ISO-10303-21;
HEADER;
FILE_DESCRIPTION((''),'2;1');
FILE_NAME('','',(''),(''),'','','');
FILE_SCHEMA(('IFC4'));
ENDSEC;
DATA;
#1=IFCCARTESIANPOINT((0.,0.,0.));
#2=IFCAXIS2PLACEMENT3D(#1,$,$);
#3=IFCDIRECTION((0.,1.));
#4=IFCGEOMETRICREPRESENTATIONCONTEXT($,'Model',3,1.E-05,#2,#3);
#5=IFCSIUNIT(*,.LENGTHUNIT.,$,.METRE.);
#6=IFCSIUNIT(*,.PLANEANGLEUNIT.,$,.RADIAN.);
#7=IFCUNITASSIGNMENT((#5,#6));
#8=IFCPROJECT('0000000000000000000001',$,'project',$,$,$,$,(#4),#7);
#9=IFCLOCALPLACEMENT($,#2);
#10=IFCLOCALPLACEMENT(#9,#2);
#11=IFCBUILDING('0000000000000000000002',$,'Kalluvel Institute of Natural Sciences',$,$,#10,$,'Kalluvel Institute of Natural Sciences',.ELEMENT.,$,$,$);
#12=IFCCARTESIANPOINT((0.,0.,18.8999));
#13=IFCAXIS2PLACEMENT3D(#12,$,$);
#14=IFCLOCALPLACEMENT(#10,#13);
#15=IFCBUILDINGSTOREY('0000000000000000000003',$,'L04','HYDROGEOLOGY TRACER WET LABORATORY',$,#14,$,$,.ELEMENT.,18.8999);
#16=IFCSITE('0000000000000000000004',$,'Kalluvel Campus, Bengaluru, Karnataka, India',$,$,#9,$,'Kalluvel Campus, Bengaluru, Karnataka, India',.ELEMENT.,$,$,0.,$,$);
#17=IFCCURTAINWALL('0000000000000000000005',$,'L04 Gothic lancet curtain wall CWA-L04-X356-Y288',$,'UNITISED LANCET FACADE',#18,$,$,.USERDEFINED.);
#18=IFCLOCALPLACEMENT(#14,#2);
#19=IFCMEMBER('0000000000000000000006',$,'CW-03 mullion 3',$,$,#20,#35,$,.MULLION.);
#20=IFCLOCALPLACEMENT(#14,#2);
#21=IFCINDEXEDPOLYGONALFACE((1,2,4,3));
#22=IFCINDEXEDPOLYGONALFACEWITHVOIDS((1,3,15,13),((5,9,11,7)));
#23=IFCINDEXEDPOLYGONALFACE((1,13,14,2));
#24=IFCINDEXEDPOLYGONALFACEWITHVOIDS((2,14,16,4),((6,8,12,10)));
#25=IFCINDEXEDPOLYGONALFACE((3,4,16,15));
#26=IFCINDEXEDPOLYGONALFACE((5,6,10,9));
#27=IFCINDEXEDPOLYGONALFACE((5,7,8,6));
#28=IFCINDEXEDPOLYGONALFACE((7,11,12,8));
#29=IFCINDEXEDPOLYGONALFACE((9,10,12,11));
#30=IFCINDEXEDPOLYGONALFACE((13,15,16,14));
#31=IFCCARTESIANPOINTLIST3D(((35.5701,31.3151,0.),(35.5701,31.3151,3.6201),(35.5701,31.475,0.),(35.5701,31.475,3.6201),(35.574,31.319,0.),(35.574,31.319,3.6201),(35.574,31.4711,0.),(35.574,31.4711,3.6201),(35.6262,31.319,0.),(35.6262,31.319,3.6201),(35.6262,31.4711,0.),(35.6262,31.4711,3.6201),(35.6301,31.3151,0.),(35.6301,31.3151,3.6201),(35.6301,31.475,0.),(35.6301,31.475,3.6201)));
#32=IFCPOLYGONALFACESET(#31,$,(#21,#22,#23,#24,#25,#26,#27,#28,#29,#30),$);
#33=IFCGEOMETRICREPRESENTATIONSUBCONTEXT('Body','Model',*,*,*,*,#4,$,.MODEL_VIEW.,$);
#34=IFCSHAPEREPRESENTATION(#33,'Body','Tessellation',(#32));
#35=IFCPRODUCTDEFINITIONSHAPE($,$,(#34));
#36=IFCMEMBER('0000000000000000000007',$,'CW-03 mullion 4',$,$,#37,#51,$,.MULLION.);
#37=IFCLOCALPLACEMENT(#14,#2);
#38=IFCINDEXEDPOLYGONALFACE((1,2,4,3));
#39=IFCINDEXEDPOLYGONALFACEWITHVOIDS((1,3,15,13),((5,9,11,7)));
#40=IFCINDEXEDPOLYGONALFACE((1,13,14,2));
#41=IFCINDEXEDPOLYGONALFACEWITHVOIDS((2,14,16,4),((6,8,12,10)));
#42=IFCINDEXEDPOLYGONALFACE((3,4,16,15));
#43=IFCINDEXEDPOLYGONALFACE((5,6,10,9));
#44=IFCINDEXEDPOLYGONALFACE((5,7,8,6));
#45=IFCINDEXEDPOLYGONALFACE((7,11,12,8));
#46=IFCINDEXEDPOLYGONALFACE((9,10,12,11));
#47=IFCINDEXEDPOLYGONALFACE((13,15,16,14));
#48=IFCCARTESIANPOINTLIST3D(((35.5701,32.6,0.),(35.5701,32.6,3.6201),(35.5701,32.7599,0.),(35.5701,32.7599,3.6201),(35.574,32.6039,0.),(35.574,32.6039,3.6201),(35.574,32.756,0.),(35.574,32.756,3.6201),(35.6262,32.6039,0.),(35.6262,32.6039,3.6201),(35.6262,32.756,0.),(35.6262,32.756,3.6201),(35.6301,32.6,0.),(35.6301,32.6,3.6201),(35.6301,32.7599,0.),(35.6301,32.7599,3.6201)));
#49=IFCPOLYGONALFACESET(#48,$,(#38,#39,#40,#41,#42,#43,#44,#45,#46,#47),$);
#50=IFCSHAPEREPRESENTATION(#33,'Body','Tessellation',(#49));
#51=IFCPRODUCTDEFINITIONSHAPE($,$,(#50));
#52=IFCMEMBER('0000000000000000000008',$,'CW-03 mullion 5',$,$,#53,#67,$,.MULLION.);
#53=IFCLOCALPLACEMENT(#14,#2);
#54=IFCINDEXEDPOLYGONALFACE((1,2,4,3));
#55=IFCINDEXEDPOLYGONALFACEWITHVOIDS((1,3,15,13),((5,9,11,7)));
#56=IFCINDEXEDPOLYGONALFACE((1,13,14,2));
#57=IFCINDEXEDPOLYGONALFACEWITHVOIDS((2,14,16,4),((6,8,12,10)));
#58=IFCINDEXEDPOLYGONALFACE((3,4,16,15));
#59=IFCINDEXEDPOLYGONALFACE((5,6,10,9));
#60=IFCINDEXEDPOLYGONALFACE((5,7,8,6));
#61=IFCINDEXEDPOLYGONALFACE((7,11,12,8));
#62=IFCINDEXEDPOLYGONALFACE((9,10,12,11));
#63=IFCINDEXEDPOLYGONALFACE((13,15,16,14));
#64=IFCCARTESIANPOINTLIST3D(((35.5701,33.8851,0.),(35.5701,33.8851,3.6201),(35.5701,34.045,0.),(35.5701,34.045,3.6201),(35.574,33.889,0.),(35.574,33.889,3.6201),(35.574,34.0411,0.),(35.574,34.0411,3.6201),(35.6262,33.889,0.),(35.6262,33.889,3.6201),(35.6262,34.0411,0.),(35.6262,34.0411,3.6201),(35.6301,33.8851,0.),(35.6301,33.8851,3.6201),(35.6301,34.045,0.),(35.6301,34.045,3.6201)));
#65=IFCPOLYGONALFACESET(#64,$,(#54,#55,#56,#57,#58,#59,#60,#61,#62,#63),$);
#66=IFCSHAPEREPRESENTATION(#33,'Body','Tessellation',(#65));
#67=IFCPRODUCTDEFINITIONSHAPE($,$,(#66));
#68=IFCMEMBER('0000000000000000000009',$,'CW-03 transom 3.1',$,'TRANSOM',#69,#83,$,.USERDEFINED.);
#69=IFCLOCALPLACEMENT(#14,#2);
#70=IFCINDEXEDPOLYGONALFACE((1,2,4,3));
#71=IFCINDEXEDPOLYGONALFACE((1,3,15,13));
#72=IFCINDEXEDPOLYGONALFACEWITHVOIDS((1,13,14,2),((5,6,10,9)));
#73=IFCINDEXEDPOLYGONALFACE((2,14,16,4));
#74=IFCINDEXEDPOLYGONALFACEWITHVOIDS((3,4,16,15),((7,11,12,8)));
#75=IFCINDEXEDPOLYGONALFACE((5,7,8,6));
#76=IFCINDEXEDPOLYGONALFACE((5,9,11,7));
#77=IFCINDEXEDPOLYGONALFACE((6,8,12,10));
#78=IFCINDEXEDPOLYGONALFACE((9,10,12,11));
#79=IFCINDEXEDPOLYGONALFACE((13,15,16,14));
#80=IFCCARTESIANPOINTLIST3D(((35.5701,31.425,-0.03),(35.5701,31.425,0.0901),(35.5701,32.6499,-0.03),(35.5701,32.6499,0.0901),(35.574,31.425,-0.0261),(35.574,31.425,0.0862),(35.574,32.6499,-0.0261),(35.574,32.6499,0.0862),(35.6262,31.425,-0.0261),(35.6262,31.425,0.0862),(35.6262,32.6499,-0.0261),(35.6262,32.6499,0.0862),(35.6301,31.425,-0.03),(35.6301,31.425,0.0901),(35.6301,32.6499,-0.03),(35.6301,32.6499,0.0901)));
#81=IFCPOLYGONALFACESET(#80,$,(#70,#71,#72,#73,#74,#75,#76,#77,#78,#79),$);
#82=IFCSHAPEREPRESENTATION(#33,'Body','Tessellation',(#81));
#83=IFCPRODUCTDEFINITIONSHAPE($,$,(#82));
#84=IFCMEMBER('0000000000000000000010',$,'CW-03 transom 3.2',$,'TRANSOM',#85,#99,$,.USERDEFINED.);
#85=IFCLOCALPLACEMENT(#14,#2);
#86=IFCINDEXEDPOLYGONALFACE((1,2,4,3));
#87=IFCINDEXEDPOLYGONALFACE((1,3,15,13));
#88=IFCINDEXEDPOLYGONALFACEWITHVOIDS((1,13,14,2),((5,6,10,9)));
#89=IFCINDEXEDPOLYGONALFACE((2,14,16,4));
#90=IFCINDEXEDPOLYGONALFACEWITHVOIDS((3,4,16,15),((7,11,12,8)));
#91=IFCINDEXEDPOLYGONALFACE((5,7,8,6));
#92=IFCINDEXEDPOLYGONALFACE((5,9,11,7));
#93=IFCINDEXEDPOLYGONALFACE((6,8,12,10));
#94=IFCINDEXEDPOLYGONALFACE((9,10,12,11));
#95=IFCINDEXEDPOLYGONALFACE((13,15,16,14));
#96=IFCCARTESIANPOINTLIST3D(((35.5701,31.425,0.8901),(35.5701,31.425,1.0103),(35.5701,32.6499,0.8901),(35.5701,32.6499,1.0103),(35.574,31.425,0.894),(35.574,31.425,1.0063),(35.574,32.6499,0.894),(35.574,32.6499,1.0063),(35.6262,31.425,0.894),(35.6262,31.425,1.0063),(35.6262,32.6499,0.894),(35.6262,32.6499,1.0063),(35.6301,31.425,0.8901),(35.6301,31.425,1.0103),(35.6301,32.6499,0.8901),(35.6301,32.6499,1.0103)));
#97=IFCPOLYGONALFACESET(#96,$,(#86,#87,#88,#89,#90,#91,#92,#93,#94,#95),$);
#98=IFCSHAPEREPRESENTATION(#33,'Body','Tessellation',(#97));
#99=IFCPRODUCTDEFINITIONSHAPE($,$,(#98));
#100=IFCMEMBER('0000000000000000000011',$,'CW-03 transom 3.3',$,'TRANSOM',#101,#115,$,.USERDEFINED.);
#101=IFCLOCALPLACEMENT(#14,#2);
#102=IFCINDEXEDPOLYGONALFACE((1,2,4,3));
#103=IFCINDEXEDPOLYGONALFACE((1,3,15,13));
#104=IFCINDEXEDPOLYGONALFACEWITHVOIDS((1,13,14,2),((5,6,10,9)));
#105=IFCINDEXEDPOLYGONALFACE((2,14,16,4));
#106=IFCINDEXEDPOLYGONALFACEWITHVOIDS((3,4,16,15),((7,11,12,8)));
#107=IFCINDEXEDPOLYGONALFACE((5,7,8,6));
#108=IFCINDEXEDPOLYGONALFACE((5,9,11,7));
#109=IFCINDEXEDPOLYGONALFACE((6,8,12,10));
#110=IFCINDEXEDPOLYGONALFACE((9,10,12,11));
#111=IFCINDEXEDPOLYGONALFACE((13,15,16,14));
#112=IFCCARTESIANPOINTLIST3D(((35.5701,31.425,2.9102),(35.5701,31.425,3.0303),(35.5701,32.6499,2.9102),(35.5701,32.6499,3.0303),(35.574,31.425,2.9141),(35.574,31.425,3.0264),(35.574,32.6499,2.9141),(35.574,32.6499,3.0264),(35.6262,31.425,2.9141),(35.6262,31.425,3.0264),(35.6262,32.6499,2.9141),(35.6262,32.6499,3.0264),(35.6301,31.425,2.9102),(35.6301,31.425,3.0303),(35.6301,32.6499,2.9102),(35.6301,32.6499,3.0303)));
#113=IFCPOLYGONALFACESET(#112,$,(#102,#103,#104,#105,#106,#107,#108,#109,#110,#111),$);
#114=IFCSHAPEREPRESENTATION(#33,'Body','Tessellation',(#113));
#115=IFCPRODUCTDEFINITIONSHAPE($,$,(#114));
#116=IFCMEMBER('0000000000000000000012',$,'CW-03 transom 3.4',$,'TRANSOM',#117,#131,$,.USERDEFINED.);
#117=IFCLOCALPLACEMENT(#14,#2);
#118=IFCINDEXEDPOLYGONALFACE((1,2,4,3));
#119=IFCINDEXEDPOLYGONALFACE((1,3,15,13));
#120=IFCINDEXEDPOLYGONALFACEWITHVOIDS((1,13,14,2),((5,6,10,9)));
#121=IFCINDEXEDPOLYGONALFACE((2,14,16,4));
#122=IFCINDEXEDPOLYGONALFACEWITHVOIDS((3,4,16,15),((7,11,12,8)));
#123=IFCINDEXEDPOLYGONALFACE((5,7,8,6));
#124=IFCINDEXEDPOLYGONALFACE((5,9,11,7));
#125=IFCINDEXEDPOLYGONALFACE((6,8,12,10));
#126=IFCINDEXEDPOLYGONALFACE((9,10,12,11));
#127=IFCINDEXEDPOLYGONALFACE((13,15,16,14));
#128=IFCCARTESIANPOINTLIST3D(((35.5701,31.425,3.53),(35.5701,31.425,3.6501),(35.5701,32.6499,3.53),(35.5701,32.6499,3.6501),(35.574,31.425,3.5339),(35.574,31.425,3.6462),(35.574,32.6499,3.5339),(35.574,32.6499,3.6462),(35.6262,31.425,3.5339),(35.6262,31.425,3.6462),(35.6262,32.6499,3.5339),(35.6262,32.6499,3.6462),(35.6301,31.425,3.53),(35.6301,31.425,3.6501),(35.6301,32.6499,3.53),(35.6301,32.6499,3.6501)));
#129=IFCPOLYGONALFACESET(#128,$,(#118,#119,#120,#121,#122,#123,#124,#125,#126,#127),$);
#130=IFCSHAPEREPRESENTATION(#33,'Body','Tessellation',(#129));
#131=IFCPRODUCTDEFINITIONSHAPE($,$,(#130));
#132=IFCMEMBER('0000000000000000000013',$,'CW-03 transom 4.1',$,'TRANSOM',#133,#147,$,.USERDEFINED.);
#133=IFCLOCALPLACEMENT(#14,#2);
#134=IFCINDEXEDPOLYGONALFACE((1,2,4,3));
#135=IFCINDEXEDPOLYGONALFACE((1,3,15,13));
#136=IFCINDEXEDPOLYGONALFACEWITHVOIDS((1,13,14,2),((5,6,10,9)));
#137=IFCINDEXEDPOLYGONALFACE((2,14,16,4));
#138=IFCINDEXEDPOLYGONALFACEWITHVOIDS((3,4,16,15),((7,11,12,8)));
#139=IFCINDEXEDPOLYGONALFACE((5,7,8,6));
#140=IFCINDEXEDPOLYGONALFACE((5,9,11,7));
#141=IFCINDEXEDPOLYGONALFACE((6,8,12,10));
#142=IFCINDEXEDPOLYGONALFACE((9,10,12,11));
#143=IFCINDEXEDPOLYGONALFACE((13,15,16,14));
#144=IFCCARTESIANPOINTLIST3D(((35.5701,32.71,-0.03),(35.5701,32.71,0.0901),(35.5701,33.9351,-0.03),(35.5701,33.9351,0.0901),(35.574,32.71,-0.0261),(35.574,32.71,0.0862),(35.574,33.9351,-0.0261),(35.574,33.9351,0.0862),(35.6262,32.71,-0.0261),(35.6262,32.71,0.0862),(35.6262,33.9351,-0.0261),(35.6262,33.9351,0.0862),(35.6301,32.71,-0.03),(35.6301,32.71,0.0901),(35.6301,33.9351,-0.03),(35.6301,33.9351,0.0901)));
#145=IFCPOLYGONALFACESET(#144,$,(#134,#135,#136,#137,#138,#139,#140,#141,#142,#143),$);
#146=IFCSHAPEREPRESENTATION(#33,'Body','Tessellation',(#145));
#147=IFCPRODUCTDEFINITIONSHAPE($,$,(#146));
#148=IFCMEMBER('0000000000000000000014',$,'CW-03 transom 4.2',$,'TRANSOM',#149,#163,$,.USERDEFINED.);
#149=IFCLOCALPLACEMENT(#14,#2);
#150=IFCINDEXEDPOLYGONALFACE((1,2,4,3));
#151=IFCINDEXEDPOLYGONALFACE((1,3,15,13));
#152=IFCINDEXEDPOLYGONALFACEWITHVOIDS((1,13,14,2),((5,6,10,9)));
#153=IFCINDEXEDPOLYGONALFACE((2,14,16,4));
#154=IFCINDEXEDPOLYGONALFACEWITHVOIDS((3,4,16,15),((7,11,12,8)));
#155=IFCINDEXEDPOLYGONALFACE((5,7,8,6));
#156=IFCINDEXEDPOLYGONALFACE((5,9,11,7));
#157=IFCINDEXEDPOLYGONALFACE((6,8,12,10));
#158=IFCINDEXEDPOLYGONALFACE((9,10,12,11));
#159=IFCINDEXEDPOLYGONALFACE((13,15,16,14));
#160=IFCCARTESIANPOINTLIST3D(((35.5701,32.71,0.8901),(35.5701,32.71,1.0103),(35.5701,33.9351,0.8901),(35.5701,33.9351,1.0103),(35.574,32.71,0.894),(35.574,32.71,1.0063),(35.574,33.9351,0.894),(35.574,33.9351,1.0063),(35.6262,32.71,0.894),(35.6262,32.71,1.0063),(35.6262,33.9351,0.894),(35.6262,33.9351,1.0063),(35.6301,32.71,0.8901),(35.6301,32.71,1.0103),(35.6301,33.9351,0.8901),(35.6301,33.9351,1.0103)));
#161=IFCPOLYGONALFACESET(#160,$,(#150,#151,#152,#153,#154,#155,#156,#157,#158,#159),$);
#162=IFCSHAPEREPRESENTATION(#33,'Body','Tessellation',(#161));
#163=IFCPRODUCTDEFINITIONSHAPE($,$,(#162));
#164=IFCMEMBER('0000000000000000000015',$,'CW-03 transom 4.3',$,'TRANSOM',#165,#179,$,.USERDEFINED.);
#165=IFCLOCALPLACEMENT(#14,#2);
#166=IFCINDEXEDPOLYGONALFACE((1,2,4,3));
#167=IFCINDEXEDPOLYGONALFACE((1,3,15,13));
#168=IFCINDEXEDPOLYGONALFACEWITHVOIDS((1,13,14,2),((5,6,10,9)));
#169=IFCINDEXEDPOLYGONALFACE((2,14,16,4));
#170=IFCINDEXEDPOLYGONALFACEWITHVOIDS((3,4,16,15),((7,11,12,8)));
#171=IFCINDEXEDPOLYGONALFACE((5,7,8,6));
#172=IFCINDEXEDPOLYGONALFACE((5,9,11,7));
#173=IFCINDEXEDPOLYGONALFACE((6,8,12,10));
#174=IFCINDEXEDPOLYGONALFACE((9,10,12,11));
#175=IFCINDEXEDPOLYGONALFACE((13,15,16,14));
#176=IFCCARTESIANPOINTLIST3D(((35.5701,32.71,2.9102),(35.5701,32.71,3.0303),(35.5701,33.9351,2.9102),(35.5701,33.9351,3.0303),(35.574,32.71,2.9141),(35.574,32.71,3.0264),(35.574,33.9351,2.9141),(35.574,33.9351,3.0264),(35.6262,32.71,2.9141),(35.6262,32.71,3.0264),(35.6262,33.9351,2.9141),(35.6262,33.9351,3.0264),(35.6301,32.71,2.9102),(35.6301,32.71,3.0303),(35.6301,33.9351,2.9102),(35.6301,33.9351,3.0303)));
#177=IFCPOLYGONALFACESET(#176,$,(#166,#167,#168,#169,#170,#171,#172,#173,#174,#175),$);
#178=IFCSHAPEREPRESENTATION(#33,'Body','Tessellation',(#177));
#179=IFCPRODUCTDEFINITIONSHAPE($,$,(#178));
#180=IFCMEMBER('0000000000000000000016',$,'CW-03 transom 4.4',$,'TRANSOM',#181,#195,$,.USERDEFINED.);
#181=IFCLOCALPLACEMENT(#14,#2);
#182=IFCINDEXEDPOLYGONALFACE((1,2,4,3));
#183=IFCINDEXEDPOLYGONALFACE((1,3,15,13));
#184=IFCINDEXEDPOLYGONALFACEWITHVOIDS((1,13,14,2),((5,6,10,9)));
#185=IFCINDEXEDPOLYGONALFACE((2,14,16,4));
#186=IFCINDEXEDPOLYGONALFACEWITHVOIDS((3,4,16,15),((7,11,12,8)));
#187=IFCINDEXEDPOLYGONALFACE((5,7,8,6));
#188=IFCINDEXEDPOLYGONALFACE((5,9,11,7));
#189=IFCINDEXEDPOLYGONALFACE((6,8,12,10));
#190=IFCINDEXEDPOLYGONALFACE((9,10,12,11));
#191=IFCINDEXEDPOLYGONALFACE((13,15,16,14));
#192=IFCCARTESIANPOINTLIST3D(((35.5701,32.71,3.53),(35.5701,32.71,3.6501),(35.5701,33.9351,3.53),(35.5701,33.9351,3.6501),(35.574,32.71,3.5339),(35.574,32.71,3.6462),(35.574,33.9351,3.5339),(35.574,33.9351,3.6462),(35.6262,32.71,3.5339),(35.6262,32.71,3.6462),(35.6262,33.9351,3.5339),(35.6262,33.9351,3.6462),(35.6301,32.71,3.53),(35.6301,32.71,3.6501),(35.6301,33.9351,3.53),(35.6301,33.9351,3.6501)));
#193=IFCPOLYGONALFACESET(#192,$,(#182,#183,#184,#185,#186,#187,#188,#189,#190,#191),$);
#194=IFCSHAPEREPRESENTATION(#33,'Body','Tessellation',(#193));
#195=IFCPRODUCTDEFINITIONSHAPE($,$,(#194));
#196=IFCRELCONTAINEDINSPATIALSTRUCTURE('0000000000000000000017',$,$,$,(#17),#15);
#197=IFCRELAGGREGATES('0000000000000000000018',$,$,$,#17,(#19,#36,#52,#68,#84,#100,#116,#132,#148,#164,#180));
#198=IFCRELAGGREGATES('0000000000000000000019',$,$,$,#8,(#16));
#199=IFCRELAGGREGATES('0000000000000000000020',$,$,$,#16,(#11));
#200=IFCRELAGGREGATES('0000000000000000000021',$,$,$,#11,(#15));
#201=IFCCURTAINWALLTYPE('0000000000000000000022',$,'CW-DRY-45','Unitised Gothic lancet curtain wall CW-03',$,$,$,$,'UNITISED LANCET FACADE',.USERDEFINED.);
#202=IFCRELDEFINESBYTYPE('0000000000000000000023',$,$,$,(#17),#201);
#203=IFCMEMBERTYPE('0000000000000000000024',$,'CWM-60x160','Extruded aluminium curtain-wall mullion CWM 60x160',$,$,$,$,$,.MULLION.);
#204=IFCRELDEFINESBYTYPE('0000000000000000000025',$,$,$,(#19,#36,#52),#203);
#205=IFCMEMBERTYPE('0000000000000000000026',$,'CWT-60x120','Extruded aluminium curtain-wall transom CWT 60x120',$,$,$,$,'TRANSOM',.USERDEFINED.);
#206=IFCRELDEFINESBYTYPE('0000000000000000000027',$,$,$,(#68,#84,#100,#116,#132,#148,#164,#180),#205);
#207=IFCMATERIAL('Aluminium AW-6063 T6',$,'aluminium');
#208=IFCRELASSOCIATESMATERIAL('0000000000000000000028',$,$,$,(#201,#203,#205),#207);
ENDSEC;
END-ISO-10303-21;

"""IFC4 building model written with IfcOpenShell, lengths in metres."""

from ifc_helpers import new_model, si_unit, direction, frame, origin, origin_2d, place, context, subcontext, project, spatial, hollow_rectangle, extrude, material, material_profile, profile_set, type_object, element, aggregate, save


model = new_model("IFC4")

# Units and contexts
model_context = context("Model", 3, precision=1e-05, world=origin(), true_north=direction((0.0, 1.0)))
body_context = subcontext(model_context, "Body", "Model", "MODEL_VIEW")
ifc_project = project(units=[si_unit("LENGTHUNIT", "METRE"), si_unit("PLANEANGLEUNIT", "RADIAN")], contexts=[model_context])

# Site, building, storey
site_placement = place(None, origin())
site = spatial("IfcSite", under=ifc_project, at=site_placement, Name="Kalluvel Campus, Bengaluru, Karnataka, India", LongName="Kalluvel Campus, Bengaluru, Karnataka, India", CompositionType="ELEMENT", RefElevation=0.0)
building_placement = place(site_placement, origin())
building = spatial("IfcBuilding", under=site, at=building_placement, Name="Kalluvel Institute of Natural Sciences", LongName="Kalluvel Institute of Natural Sciences", CompositionType="ELEMENT")
storey_placement = place(building_placement, frame((0.0, 0.0, 18.8999)))
storey = spatial("IfcBuildingStorey", under=building, at=storey_placement, Name="L04", Description="HYDROGEOLOGY TRACER WET LABORATORY", CompositionType="ELEMENT", Elevation=18.8999)

# Curtain wall, members
ifc_material_1 = material(Name="Aluminium AW-6063 T6", Category="aluminium")
curtain_wall_type = type_object("IfcCurtainWallType", Name="CW-DRY-45", Description="Unitised Gothic lancet curtain wall CW-03", ElementType="UNITISED LANCET FACADE", PredefinedType="USERDEFINED", material=ifc_material_1)
curtain_wall_placement = place(storey_placement, origin())
curtain_wall = element("IfcCurtainWall", 1, at=curtain_wall_placement, inside=storey, type_object=curtain_wall_type, Name="L04 Gothic lancet curtain wall CWA-L04-X356-Y288", ObjectType="UNITISED LANCET FACADE", PredefinedType="USERDEFINED")
ifc_material_profile_1 = material_profile(ifc_material_1, hollow_rectangle(XDim=0.0601, YDim=0.1599, WallThickness=0.0039, at=origin_2d()), Name="CWM 60x160")
ifc_profile_set_1 = profile_set([ifc_material_profile_1], Name="Aluminium AW-6063 T6")
member_type_1 = type_object("IfcMemberType", Name="CWM-60x160", Description="Extruded aluminium curtain-wall mullion CWM 60x160", PredefinedType="MULLION", material=ifc_profile_set_1)
member_1_placement = place(storey_placement, frame((35.6001, 31.395, 0.0), z_axis=(0.0, 0.0, 1.0), x_axis=(-1.0, 0.0, 0.0)))
member_1 = element("IfcMember", 2, at=member_1_placement, type_object=member_type_1, Name="CW-03 mullion 3", PredefinedType="MULLION", context=body_context, shape_type="SweptSolid", body=[
    extrude(hollow_rectangle(XDim=0.0601, YDim=0.1599, WallThickness=0.0039, at=origin_2d()), origin(), (0.0, 0.0, 1.0), 3.6201),
])
member_2_placement = place(storey_placement, frame((35.6001, 32.6799, 0.0), z_axis=(0.0, 0.0, 1.0), x_axis=(-1.0, 0.0, 0.0)))
member_2 = element("IfcMember", 3, at=member_2_placement, type_object=member_type_1, Name="CW-03 mullion 4", PredefinedType="MULLION", context=body_context, shape_type="SweptSolid", body=[
    extrude(hollow_rectangle(XDim=0.0601, YDim=0.1599, WallThickness=0.0039, at=origin_2d()), origin(), (0.0, 0.0, 1.0), 3.6201),
])
member_3_placement = place(storey_placement, frame((35.6001, 33.9651, 0.0), z_axis=(0.0, 0.0, 1.0), x_axis=(-1.0, 0.0, 0.0)))
member_3 = element("IfcMember", 4, at=member_3_placement, type_object=member_type_1, Name="CW-03 mullion 5", PredefinedType="MULLION", context=body_context, shape_type="SweptSolid", body=[
    extrude(hollow_rectangle(XDim=0.0601, YDim=0.1599, WallThickness=0.0039, at=origin_2d()), origin(), (0.0, 0.0, 1.0), 3.6201),
])
ifc_material_profile_2 = material_profile(ifc_material_1, hollow_rectangle(XDim=0.0601, YDim=0.1201, WallThickness=0.0039, at=origin_2d()), Name="CWT 60x120")
ifc_profile_set_2 = profile_set([ifc_material_profile_2], Name="Aluminium AW-6063 T6")
member_type_2 = type_object("IfcMemberType", Name="CWT-60x120", Description="Extruded aluminium curtain-wall transom CWT 60x120", ElementType="TRANSOM", PredefinedType="USERDEFINED", material=ifc_profile_set_2)
member_4_placement = place(storey_placement, frame((35.6001, 31.425, 0.03), z_axis=(0.0, 1.0, 0.0), x_axis=(-1.0, 0.0, 0.0)))
member_4 = element("IfcMember", 5, at=member_4_placement, type_object=member_type_2, Name="CW-03 transom 3.1", ObjectType="TRANSOM", PredefinedType="USERDEFINED", context=body_context, shape_type="SweptSolid", body=[
    extrude(hollow_rectangle(XDim=0.0601, YDim=0.1201, WallThickness=0.0039, at=origin_2d()), origin(), (0.0, 0.0, 1.0), 1.2249),
])
member_5_placement = place(storey_placement, frame((35.6001, 31.425, 0.9502), z_axis=(0.0, 1.0, 0.0), x_axis=(-1.0, 0.0, 0.0)))
member_5 = element("IfcMember", 6, at=member_5_placement, type_object=member_type_2, Name="CW-03 transom 3.2", ObjectType="TRANSOM", PredefinedType="USERDEFINED", context=body_context, shape_type="SweptSolid", body=[
    extrude(hollow_rectangle(XDim=0.0601, YDim=0.1201, WallThickness=0.0039, at=origin_2d()), origin(), (0.0, 0.0, 1.0), 1.2249),
])
member_6_placement = place(storey_placement, frame((35.6001, 31.425, 2.9702), z_axis=(0.0, 1.0, 0.0), x_axis=(-1.0, 0.0, 0.0)))
member_6 = element("IfcMember", 7, at=member_6_placement, type_object=member_type_2, Name="CW-03 transom 3.3", ObjectType="TRANSOM", PredefinedType="USERDEFINED", context=body_context, shape_type="SweptSolid", body=[
    extrude(hollow_rectangle(XDim=0.0601, YDim=0.1201, WallThickness=0.0039, at=origin_2d()), origin(), (0.0, 0.0, 1.0), 1.2249),
])
member_7_placement = place(storey_placement, frame((35.6001, 31.425, 3.5901), z_axis=(0.0, 1.0, 0.0), x_axis=(-1.0, 0.0, 0.0)))
member_7 = element("IfcMember", 8, at=member_7_placement, type_object=member_type_2, Name="CW-03 transom 3.4", ObjectType="TRANSOM", PredefinedType="USERDEFINED", context=body_context, shape_type="SweptSolid", body=[
    extrude(hollow_rectangle(XDim=0.0601, YDim=0.1201, WallThickness=0.0039, at=origin_2d()), origin(), (0.0, 0.0, 1.0), 1.2249),
])
member_8_placement = place(storey_placement, frame((35.6001, 32.71, 0.03), z_axis=(0.0, 1.0, 0.0), x_axis=(-1.0, 0.0, 0.0)))
member_8 = element("IfcMember", 9, at=member_8_placement, type_object=member_type_2, Name="CW-03 transom 4.1", ObjectType="TRANSOM", PredefinedType="USERDEFINED", context=body_context, shape_type="SweptSolid", body=[
    extrude(hollow_rectangle(XDim=0.0601, YDim=0.1201, WallThickness=0.0039, at=origin_2d()), origin(), (0.0, 0.0, 1.0), 1.2251),
])
member_9_placement = place(storey_placement, frame((35.6001, 32.71, 0.9502), z_axis=(0.0, 1.0, 0.0), x_axis=(-1.0, 0.0, 0.0)))
member_9 = element("IfcMember", 10, at=member_9_placement, type_object=member_type_2, Name="CW-03 transom 4.2", ObjectType="TRANSOM", PredefinedType="USERDEFINED", context=body_context, shape_type="SweptSolid", body=[
    extrude(hollow_rectangle(XDim=0.0601, YDim=0.1201, WallThickness=0.0039, at=origin_2d()), origin(), (0.0, 0.0, 1.0), 1.2251),
])
member_10_placement = place(storey_placement, frame((35.6001, 32.71, 2.9702), z_axis=(0.0, 1.0, 0.0), x_axis=(-1.0, 0.0, 0.0)))
member_10 = element("IfcMember", 11, at=member_10_placement, type_object=member_type_2, Name="CW-03 transom 4.3", ObjectType="TRANSOM", PredefinedType="USERDEFINED", context=body_context, shape_type="SweptSolid", body=[
    extrude(hollow_rectangle(XDim=0.0601, YDim=0.1201, WallThickness=0.0039, at=origin_2d()), origin(), (0.0, 0.0, 1.0), 1.2251),
])
member_11_placement = place(storey_placement, frame((35.6001, 32.71, 3.5901), z_axis=(0.0, 1.0, 0.0), x_axis=(-1.0, 0.0, 0.0)))
member_11 = element("IfcMember", 12, at=member_11_placement, type_object=member_type_2, Name="CW-03 transom 4.4", ObjectType="TRANSOM", PredefinedType="USERDEFINED", context=body_context, shape_type="SweptSolid", body=[
    extrude(hollow_rectangle(XDim=0.0601, YDim=0.1201, WallThickness=0.0039, at=origin_2d()), origin(), (0.0, 0.0, 1.0), 1.2251),
])
aggregate(curtain_wall, [member_1, member_2, member_3, member_4, member_5, member_6, member_7, member_8, member_9, member_10, member_11])

save(model, "model.ifc")
